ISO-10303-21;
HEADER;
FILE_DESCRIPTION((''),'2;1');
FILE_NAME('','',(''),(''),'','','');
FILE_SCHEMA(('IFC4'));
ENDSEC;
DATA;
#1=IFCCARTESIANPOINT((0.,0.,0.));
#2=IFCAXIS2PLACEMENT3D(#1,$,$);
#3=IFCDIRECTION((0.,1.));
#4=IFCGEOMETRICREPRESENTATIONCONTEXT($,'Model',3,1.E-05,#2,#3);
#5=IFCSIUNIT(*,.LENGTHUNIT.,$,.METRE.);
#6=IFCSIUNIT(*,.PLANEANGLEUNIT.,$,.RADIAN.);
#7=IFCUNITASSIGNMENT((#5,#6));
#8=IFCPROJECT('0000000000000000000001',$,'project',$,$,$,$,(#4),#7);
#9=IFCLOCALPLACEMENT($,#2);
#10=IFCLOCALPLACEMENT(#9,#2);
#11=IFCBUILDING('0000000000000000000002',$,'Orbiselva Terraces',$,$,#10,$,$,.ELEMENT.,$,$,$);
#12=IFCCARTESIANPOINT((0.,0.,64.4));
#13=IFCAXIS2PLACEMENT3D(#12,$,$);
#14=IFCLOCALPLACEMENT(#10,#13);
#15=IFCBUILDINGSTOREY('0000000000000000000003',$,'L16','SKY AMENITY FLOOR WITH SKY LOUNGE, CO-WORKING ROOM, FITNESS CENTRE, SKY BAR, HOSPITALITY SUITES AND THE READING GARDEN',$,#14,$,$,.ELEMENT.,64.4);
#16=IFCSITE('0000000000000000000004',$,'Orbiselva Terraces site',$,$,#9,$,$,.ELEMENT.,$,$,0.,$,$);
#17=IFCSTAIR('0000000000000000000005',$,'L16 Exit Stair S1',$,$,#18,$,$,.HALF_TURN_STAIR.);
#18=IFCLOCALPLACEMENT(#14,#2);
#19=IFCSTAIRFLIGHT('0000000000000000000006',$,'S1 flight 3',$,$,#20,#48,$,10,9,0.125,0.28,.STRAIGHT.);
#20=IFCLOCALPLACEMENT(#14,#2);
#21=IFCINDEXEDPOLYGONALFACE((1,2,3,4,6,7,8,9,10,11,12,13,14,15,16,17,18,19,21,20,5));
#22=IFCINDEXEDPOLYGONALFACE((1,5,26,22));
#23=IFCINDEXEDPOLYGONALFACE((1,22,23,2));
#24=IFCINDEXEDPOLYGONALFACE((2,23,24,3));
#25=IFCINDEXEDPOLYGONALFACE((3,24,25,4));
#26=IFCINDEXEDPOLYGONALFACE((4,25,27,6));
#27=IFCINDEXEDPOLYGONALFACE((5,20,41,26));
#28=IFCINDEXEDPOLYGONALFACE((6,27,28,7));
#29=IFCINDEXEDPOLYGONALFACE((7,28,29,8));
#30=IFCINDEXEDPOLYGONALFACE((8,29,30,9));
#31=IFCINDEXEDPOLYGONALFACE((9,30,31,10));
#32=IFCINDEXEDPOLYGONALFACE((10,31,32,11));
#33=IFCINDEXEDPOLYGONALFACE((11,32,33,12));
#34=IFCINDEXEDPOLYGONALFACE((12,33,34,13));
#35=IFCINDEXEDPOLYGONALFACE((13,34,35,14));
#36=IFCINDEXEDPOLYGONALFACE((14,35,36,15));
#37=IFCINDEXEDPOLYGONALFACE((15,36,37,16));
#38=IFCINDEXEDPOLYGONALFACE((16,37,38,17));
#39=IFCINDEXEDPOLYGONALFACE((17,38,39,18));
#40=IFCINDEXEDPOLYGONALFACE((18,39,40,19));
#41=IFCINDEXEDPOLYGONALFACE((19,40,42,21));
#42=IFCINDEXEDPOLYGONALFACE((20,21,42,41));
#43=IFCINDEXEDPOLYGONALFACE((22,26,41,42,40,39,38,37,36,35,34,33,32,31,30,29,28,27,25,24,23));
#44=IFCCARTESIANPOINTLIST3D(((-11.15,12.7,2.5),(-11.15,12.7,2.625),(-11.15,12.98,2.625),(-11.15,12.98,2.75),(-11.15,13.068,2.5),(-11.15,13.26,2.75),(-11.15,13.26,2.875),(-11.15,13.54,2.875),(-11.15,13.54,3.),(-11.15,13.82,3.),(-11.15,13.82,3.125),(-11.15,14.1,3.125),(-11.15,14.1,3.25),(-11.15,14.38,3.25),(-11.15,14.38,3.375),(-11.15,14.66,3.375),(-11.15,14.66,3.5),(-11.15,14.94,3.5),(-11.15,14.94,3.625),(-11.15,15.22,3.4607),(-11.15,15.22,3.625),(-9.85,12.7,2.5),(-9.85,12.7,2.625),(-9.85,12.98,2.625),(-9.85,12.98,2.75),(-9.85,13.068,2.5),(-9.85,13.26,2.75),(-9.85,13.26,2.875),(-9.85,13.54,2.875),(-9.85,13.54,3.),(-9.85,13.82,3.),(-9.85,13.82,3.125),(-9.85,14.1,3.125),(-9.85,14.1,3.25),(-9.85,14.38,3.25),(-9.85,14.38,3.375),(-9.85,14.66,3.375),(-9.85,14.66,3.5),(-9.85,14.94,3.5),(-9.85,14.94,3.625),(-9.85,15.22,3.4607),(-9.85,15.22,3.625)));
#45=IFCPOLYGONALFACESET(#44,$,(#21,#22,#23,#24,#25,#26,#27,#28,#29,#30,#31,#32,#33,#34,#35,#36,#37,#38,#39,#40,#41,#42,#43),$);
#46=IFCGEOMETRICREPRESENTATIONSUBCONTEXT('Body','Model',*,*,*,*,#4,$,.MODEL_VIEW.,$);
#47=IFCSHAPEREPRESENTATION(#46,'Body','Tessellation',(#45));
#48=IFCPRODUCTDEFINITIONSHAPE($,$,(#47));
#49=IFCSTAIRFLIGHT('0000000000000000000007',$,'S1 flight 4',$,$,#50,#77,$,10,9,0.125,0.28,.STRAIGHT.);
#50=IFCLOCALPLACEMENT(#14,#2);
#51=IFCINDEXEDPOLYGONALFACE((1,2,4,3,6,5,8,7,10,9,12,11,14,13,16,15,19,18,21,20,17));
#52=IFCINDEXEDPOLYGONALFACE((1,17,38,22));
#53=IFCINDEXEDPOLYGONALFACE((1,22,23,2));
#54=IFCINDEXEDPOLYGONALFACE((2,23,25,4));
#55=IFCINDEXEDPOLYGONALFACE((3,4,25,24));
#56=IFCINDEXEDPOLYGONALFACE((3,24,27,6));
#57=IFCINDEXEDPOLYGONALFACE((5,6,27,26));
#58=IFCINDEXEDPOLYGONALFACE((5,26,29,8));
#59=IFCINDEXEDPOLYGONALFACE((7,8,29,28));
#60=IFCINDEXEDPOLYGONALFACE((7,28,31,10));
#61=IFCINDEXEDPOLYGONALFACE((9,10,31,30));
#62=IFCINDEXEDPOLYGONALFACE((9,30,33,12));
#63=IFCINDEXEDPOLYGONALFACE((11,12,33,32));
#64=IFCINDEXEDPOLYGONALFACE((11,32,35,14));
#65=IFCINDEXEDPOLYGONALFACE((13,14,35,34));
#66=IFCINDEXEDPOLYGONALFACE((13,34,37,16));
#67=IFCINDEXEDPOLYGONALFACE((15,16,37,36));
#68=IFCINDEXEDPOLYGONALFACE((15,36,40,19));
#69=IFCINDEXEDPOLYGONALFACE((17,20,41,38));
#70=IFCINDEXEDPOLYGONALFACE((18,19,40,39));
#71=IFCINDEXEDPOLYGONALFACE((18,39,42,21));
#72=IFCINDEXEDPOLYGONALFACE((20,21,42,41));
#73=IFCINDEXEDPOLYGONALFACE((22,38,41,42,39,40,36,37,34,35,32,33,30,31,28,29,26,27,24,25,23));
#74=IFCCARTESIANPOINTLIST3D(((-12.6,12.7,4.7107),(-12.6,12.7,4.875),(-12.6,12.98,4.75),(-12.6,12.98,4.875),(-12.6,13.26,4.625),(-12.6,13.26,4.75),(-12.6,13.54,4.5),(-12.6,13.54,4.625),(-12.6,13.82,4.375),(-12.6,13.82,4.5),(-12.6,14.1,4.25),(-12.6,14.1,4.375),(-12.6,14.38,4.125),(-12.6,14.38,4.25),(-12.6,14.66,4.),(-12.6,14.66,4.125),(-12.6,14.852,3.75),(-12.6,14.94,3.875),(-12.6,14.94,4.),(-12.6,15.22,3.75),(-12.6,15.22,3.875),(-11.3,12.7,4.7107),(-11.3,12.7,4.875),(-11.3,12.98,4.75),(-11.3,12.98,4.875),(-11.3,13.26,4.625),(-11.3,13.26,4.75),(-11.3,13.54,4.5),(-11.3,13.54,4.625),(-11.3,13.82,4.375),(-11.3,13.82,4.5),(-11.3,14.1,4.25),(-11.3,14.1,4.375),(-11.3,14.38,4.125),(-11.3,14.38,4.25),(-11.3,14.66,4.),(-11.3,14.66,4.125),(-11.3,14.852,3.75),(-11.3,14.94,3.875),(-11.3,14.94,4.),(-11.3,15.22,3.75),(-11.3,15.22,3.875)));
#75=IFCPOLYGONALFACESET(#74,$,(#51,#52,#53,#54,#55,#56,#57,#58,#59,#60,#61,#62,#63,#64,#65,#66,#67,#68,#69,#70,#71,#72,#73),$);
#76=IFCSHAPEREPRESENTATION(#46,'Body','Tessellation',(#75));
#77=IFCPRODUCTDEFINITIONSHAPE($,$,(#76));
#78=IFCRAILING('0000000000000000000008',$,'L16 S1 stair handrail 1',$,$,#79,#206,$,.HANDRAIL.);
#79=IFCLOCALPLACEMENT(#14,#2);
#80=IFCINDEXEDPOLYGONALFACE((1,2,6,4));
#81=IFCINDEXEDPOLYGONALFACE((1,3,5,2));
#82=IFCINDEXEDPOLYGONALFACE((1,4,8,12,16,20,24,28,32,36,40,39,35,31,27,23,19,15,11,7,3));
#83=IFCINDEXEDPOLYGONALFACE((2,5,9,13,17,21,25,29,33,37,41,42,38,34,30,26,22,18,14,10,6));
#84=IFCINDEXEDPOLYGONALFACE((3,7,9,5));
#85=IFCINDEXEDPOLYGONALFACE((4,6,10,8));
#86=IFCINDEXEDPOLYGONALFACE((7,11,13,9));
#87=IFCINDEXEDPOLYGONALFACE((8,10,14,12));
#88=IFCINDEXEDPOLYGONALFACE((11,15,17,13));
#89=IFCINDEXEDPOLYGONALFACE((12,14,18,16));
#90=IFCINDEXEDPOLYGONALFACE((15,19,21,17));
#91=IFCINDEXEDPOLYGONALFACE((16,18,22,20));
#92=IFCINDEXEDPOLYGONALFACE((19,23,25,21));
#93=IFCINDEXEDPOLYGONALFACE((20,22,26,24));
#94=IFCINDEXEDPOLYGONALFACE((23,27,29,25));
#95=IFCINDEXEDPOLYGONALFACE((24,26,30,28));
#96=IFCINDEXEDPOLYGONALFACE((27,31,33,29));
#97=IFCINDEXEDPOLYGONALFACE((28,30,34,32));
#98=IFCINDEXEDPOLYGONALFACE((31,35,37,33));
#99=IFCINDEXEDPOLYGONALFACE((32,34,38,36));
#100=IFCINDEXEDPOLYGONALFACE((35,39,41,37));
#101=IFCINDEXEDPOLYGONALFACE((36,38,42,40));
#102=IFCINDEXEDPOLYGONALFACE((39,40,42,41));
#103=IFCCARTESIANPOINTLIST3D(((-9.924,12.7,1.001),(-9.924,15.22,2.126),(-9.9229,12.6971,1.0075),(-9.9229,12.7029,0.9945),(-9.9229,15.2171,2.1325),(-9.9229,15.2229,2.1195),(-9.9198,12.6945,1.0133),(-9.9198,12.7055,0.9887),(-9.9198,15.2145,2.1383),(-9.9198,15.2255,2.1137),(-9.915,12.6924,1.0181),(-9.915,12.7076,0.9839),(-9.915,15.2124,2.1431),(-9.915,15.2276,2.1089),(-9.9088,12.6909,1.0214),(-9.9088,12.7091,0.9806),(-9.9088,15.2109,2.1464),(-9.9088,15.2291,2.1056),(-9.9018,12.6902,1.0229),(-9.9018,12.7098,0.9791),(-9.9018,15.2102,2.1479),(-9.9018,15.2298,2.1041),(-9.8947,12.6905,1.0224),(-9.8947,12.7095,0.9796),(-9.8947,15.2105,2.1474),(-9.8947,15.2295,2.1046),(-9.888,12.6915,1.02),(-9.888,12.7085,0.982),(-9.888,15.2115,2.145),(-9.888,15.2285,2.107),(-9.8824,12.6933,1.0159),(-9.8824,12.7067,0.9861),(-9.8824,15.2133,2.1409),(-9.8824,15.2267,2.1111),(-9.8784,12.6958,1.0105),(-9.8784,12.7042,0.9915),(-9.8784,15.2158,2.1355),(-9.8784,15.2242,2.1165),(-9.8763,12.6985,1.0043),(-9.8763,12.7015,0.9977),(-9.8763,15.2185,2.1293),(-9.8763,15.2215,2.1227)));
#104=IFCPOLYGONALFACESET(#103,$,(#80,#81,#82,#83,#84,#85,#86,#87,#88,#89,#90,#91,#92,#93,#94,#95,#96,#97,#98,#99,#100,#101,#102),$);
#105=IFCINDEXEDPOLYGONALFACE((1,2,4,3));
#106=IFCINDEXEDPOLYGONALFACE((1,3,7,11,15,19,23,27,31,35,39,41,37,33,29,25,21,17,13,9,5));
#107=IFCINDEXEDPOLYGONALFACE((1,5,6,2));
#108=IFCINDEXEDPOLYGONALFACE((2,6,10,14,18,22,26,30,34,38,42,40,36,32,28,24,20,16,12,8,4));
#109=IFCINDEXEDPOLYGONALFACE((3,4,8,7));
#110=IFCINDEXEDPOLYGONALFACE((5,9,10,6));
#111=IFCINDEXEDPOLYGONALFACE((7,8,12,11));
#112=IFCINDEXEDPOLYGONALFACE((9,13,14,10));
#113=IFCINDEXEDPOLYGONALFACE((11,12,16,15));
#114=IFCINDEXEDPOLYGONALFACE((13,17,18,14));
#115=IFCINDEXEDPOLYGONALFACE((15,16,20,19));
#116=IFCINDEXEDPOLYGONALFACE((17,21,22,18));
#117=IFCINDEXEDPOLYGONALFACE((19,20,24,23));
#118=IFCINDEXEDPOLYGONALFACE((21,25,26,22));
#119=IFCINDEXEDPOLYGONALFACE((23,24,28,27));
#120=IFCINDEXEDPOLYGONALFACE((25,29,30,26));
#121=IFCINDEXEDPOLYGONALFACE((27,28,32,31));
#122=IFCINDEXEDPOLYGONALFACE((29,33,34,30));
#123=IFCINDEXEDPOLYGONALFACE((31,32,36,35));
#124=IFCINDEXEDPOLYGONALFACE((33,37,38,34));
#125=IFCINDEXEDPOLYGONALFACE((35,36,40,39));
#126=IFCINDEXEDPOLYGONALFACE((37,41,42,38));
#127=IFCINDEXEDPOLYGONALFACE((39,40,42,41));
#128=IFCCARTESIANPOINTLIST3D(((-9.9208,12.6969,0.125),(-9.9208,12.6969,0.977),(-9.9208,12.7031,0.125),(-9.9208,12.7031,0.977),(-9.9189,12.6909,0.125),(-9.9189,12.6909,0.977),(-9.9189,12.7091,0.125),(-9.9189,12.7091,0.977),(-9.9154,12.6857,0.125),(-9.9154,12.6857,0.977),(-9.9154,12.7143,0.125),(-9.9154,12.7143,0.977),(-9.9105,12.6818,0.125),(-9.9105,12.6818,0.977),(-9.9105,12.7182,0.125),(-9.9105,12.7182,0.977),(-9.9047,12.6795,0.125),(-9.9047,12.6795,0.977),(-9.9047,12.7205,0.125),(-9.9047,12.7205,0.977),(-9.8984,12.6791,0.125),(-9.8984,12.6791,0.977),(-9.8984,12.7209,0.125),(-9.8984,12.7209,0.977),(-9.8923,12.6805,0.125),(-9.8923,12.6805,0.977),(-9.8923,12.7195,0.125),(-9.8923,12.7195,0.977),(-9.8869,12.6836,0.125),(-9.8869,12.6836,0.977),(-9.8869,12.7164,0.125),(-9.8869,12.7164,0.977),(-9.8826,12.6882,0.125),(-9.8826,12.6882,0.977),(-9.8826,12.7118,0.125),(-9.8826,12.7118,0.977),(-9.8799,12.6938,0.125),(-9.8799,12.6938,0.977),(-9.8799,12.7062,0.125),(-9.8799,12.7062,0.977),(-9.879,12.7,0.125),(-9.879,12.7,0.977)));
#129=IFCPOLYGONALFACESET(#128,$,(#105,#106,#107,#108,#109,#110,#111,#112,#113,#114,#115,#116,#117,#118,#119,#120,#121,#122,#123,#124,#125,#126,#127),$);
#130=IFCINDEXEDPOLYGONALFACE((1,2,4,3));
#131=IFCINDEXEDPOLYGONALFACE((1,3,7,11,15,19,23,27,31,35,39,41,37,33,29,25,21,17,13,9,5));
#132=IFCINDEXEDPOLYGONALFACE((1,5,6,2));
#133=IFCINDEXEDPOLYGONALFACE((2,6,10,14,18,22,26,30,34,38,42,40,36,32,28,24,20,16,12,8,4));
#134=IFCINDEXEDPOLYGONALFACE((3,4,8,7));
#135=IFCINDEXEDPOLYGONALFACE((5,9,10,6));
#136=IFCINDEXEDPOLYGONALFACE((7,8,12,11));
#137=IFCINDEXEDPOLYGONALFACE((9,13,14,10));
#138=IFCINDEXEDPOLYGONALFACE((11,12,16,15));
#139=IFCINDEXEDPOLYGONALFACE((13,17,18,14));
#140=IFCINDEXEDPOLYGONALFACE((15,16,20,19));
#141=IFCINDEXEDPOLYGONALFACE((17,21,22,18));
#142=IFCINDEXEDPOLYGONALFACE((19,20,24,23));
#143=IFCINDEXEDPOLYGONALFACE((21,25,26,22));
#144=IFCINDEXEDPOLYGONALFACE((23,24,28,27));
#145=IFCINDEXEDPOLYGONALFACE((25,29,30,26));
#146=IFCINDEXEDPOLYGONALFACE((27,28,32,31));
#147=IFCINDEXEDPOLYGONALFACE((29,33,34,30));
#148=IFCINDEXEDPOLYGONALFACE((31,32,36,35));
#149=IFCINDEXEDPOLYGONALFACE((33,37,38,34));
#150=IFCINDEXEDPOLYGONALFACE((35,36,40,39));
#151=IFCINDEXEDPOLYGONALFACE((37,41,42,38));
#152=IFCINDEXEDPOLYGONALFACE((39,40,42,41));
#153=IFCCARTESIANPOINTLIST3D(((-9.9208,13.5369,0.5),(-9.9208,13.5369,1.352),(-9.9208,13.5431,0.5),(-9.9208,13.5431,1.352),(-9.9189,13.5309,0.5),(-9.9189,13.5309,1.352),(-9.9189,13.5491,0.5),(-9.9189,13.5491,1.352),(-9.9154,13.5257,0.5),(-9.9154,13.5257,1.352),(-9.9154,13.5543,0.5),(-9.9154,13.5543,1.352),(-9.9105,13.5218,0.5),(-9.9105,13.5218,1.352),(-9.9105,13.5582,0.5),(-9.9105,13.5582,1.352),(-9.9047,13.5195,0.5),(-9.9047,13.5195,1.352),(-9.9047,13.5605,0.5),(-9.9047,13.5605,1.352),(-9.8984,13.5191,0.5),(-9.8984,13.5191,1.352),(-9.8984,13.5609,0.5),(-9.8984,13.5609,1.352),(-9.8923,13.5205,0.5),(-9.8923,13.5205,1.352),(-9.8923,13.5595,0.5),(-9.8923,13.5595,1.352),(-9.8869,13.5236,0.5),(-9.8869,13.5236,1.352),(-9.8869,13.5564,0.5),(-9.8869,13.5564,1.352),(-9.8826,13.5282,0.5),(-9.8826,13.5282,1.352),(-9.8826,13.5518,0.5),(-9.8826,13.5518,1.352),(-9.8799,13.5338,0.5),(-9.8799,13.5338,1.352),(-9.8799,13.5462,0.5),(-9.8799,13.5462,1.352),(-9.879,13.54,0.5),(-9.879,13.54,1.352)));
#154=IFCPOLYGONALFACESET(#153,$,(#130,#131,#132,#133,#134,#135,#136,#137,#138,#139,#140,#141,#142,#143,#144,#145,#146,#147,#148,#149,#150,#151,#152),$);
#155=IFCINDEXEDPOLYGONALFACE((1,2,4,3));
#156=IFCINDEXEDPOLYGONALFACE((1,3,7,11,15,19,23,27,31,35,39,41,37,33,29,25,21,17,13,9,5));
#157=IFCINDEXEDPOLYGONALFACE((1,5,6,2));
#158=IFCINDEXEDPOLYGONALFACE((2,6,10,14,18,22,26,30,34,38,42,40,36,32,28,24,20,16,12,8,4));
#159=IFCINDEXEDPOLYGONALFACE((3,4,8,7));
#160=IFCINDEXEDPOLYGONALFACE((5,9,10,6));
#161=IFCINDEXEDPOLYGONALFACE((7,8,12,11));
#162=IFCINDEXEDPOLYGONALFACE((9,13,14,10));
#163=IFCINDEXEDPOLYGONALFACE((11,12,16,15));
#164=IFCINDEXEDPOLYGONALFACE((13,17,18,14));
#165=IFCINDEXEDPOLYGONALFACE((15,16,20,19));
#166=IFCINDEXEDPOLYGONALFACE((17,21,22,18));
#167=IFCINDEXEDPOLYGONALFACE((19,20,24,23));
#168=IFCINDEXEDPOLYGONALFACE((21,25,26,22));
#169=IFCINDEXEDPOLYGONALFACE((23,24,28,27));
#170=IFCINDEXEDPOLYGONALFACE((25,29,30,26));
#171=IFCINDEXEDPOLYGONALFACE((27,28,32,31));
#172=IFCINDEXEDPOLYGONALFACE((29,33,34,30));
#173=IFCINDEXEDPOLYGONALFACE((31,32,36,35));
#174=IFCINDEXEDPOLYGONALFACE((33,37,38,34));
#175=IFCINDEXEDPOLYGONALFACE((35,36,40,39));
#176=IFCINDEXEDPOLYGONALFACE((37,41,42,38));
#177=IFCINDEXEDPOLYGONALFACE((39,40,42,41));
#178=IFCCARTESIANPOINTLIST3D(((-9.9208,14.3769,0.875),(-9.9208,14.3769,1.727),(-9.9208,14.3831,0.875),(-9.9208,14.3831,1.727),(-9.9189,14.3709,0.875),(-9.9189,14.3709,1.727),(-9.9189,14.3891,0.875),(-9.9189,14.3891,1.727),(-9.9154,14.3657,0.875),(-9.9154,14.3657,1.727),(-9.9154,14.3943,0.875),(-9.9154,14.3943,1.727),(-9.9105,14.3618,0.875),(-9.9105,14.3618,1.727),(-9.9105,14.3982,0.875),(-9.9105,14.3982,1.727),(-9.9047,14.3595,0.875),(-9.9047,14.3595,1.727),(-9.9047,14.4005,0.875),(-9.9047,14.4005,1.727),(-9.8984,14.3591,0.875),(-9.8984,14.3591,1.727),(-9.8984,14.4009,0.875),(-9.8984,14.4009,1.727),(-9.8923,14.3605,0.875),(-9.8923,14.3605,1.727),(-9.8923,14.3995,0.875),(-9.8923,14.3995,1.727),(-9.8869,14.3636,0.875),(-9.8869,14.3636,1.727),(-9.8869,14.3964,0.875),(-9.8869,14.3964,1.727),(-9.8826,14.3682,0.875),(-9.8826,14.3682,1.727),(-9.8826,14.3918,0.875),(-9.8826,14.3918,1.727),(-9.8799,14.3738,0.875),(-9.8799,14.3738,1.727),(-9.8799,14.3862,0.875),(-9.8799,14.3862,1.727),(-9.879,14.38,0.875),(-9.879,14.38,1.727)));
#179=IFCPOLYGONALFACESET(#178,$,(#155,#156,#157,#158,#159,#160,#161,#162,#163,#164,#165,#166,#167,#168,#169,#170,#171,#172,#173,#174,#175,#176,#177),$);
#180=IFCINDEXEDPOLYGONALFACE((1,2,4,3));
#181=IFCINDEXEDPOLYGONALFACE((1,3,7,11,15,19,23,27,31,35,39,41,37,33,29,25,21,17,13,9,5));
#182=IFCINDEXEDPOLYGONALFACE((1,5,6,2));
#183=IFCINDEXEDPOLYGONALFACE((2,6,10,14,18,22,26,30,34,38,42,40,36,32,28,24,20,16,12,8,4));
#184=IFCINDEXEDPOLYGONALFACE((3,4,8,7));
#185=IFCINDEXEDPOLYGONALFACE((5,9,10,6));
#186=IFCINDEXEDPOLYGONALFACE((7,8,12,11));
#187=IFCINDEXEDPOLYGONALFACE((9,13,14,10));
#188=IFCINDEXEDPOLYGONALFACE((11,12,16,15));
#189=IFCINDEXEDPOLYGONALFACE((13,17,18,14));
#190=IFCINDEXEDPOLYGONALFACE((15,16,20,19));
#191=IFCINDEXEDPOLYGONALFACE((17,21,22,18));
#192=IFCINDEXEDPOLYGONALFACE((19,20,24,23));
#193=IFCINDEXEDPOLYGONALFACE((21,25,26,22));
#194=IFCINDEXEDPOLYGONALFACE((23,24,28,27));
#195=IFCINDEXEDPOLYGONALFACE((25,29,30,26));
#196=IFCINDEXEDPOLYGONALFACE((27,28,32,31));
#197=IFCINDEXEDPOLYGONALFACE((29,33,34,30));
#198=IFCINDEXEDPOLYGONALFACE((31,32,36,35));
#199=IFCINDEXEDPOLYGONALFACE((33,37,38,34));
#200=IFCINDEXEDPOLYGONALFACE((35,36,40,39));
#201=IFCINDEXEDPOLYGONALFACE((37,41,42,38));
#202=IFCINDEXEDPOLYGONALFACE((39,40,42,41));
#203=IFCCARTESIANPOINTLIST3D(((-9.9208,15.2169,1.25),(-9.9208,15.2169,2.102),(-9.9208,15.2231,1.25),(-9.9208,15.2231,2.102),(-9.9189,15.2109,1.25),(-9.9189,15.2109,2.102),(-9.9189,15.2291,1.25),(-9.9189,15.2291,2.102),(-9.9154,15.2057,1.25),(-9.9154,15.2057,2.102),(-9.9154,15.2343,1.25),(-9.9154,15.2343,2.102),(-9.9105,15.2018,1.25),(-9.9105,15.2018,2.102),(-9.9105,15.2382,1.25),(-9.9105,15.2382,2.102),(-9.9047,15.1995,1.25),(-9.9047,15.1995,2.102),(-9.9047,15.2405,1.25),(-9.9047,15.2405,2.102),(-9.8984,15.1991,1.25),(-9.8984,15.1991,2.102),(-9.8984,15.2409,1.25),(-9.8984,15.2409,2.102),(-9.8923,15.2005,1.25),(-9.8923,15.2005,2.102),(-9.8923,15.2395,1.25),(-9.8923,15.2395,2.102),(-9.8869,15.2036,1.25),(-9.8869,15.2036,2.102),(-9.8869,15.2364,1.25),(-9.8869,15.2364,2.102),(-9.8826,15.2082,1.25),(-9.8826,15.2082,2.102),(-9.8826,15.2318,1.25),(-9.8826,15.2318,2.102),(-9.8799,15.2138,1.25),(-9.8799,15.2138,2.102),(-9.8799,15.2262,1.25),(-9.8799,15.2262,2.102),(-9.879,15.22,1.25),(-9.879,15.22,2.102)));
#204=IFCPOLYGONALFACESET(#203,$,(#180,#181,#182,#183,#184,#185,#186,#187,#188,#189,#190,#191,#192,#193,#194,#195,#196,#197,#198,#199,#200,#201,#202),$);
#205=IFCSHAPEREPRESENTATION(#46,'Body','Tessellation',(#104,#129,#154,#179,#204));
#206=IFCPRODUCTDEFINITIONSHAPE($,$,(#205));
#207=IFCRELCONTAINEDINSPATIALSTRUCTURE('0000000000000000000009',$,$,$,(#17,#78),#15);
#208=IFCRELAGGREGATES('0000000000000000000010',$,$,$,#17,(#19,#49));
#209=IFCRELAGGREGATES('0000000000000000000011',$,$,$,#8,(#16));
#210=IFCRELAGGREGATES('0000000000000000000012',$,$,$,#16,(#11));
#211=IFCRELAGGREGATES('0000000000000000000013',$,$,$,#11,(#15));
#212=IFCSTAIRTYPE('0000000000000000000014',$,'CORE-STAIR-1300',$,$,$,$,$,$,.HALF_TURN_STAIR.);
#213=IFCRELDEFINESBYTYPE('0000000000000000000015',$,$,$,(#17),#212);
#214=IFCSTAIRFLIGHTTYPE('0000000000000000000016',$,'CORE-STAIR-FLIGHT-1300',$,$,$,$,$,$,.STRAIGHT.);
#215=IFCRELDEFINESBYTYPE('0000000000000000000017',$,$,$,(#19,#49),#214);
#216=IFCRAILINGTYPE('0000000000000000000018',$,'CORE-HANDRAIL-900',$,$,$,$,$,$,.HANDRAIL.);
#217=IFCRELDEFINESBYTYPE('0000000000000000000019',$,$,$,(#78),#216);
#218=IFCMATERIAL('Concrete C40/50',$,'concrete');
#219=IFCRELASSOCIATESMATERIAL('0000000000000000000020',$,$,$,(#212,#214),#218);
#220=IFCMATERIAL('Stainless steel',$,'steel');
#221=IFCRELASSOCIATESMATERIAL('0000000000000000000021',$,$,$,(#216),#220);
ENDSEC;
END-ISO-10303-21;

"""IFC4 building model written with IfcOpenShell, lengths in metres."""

from ifc_helpers import new_model, si_unit, direction, frame, origin, origin_2d, place, context, subcontext, project, spatial, polyline, circle, outline, extrude, material, type_object, element, aggregate, save


model = new_model("IFC4")

# Units and contexts
model_context = context("Model", 3, precision=1e-05, world=origin(), true_north=direction((0.0, 1.0)))
body_context = subcontext(model_context, "Body", "Model", "MODEL_VIEW")
ifc_project = project(units=[si_unit("LENGTHUNIT", "METRE"), si_unit("PLANEANGLEUNIT", "RADIAN")], contexts=[model_context])

# Site, building, storey
site_placement = place(None, origin())
site = spatial("IfcSite", under=ifc_project, at=site_placement, Name="Orbiselva Terraces site", CompositionType="ELEMENT", RefElevation=0.0)
building_placement = place(site_placement, origin())
building = spatial("IfcBuilding", under=site, at=building_placement, Name="Orbiselva Terraces", CompositionType="ELEMENT")
storey_placement = place(building_placement, frame((0.0, 0.0, 64.4)))
storey = spatial("IfcBuildingStorey", under=building, at=storey_placement, Name="L16", Description="SKY AMENITY FLOOR WITH SKY LOUNGE, CO-WORKING ROOM, FITNESS CENTRE, SKY BAR, HOSPITALITY SUITES AND THE READING GARDEN", CompositionType="ELEMENT", Elevation=64.4)

# Shared definitions
ifc_material_1 = material(Name="Concrete C40/50", Category="concrete")

# Stair, stair flights
stair_type = type_object("IfcStairType", Name="CORE-STAIR-1300", PredefinedType="HALF_TURN_STAIR", material=ifc_material_1)
stair_placement = place(storey_placement, origin())
stair = element("IfcStair", 1, at=stair_placement, inside=storey, type_object=stair_type, Name="L16 Exit Stair S1", PredefinedType="HALF_TURN_STAIR")
stair_flight_type = type_object("IfcStairFlightType", Name="CORE-STAIR-FLIGHT-1300", PredefinedType="STRAIGHT", material=ifc_material_1)
stair_flight_1_placement = place(storey_placement, frame((-10.5, 12.7, 2.5), z_axis=(0.0, 0.0, 1.0), x_axis=(0.0, 1.0, 0.0)))
stair_flight_1 = element("IfcStairFlight", 2, at=stair_flight_1_placement, type_object=stair_flight_type, Name="S1 flight 3", NumberOfRisers=10, NumberOfTreads=9, PredefinedType="STRAIGHT", RiserHeight=0.125, TreadLength=0.28, context=body_context, shape_type="SweptSolid", body=[
    extrude(outline(polyline([(0.0, 0.0), (0.0, 0.125), (0.28, 0.125), (0.28, 0.25), (0.56, 0.25), (0.56, 0.375), (0.84, 0.375), (0.84, 0.5), (1.12, 0.5), (1.12, 0.625), (1.4, 0.625), (1.4, 0.75), (1.68, 0.75), (1.68, 0.875), (1.96, 0.875), (1.96, 1.0), (2.24, 1.0), (2.24, 1.125), (2.52, 1.125), (2.52, 1.25), (2.52, 0.9607), (0.368, 0.0), (0.0, 0.0)])), frame((0.0, 0.65, 0.0), z_axis=(0.0, -1.0, 0.0), x_axis=(1.0, 0.0, 0.0)), (0.0, 0.0, 1.0), 1.3),
])
stair_flight_2_placement = place(storey_placement, frame((-11.95, 15.22, 3.75), z_axis=(0.0, 0.0, 1.0), x_axis=(0.0, -1.0, 0.0)))
stair_flight_2 = element("IfcStairFlight", 3, at=stair_flight_2_placement, type_object=stair_flight_type, Name="S1 flight 4", NumberOfRisers=10, NumberOfTreads=9, PredefinedType="STRAIGHT", RiserHeight=0.125, TreadLength=0.28, context=body_context, shape_type="SweptSolid", body=[
    extrude(outline(polyline([(0.0, 0.0), (0.0, 0.125), (0.28, 0.125), (0.28, 0.25), (0.56, 0.25), (0.56, 0.375), (0.84, 0.375), (0.84, 0.5), (1.12, 0.5), (1.12, 0.625), (1.4, 0.625), (1.4, 0.75), (1.68, 0.75), (1.68, 0.875), (1.96, 0.875), (1.96, 1.0), (2.24, 1.0), (2.24, 1.125), (2.52, 1.125), (2.52, 1.25), (2.52, 0.9607), (0.368, 0.0), (0.0, 0.0)])), frame((0.0, 0.65, 0.0), z_axis=(0.0, -1.0, 0.0), x_axis=(1.0, 0.0, 0.0)), (0.0, 0.0, 1.0), 1.3),
])
aggregate(stair, [stair_flight_1, stair_flight_2])

# Railing
ifc_material_2 = material(Name="Stainless steel", Category="steel")
railing_type = type_object("IfcRailingType", Name="CORE-HANDRAIL-900", PredefinedType="HANDRAIL", material=ifc_material_2)
railing_1_placement = place(storey_placement, frame((-9.9, 12.7, 0.125)))
element("IfcRailing", 4, at=railing_1_placement, inside=storey, type_object=railing_type, Name="L16 S1 stair handrail 1", PredefinedType="HANDRAIL", context=body_context, shape_type="SweptSolid", body=[
    extrude(circle(Radius=0.024, at=origin_2d()), frame((0.0, 0.0, 0.876), z_axis=(0.0, 0.913138, 0.407651), x_axis=(-1.0, 0.0, 0.0)), (0.0, 0.0, 1.0), 2.7597),
    extrude(circle(Radius=0.021, at=origin_2d()), origin(), (0.0, 0.0, 1.0), 0.852),
    extrude(circle(Radius=0.021, at=origin_2d()), frame((0.0, 0.84, 0.375)), (0.0, 0.0, 1.0), 0.852),
    extrude(circle(Radius=0.021, at=origin_2d()), frame((0.0, 1.68, 0.75)), (0.0, 0.0, 1.0), 0.852),
    extrude(circle(Radius=0.021, at=origin_2d()), frame((0.0, 2.52, 1.125)), (0.0, 0.0, 1.0), 0.852),
])

save(model, "model.ifc")
